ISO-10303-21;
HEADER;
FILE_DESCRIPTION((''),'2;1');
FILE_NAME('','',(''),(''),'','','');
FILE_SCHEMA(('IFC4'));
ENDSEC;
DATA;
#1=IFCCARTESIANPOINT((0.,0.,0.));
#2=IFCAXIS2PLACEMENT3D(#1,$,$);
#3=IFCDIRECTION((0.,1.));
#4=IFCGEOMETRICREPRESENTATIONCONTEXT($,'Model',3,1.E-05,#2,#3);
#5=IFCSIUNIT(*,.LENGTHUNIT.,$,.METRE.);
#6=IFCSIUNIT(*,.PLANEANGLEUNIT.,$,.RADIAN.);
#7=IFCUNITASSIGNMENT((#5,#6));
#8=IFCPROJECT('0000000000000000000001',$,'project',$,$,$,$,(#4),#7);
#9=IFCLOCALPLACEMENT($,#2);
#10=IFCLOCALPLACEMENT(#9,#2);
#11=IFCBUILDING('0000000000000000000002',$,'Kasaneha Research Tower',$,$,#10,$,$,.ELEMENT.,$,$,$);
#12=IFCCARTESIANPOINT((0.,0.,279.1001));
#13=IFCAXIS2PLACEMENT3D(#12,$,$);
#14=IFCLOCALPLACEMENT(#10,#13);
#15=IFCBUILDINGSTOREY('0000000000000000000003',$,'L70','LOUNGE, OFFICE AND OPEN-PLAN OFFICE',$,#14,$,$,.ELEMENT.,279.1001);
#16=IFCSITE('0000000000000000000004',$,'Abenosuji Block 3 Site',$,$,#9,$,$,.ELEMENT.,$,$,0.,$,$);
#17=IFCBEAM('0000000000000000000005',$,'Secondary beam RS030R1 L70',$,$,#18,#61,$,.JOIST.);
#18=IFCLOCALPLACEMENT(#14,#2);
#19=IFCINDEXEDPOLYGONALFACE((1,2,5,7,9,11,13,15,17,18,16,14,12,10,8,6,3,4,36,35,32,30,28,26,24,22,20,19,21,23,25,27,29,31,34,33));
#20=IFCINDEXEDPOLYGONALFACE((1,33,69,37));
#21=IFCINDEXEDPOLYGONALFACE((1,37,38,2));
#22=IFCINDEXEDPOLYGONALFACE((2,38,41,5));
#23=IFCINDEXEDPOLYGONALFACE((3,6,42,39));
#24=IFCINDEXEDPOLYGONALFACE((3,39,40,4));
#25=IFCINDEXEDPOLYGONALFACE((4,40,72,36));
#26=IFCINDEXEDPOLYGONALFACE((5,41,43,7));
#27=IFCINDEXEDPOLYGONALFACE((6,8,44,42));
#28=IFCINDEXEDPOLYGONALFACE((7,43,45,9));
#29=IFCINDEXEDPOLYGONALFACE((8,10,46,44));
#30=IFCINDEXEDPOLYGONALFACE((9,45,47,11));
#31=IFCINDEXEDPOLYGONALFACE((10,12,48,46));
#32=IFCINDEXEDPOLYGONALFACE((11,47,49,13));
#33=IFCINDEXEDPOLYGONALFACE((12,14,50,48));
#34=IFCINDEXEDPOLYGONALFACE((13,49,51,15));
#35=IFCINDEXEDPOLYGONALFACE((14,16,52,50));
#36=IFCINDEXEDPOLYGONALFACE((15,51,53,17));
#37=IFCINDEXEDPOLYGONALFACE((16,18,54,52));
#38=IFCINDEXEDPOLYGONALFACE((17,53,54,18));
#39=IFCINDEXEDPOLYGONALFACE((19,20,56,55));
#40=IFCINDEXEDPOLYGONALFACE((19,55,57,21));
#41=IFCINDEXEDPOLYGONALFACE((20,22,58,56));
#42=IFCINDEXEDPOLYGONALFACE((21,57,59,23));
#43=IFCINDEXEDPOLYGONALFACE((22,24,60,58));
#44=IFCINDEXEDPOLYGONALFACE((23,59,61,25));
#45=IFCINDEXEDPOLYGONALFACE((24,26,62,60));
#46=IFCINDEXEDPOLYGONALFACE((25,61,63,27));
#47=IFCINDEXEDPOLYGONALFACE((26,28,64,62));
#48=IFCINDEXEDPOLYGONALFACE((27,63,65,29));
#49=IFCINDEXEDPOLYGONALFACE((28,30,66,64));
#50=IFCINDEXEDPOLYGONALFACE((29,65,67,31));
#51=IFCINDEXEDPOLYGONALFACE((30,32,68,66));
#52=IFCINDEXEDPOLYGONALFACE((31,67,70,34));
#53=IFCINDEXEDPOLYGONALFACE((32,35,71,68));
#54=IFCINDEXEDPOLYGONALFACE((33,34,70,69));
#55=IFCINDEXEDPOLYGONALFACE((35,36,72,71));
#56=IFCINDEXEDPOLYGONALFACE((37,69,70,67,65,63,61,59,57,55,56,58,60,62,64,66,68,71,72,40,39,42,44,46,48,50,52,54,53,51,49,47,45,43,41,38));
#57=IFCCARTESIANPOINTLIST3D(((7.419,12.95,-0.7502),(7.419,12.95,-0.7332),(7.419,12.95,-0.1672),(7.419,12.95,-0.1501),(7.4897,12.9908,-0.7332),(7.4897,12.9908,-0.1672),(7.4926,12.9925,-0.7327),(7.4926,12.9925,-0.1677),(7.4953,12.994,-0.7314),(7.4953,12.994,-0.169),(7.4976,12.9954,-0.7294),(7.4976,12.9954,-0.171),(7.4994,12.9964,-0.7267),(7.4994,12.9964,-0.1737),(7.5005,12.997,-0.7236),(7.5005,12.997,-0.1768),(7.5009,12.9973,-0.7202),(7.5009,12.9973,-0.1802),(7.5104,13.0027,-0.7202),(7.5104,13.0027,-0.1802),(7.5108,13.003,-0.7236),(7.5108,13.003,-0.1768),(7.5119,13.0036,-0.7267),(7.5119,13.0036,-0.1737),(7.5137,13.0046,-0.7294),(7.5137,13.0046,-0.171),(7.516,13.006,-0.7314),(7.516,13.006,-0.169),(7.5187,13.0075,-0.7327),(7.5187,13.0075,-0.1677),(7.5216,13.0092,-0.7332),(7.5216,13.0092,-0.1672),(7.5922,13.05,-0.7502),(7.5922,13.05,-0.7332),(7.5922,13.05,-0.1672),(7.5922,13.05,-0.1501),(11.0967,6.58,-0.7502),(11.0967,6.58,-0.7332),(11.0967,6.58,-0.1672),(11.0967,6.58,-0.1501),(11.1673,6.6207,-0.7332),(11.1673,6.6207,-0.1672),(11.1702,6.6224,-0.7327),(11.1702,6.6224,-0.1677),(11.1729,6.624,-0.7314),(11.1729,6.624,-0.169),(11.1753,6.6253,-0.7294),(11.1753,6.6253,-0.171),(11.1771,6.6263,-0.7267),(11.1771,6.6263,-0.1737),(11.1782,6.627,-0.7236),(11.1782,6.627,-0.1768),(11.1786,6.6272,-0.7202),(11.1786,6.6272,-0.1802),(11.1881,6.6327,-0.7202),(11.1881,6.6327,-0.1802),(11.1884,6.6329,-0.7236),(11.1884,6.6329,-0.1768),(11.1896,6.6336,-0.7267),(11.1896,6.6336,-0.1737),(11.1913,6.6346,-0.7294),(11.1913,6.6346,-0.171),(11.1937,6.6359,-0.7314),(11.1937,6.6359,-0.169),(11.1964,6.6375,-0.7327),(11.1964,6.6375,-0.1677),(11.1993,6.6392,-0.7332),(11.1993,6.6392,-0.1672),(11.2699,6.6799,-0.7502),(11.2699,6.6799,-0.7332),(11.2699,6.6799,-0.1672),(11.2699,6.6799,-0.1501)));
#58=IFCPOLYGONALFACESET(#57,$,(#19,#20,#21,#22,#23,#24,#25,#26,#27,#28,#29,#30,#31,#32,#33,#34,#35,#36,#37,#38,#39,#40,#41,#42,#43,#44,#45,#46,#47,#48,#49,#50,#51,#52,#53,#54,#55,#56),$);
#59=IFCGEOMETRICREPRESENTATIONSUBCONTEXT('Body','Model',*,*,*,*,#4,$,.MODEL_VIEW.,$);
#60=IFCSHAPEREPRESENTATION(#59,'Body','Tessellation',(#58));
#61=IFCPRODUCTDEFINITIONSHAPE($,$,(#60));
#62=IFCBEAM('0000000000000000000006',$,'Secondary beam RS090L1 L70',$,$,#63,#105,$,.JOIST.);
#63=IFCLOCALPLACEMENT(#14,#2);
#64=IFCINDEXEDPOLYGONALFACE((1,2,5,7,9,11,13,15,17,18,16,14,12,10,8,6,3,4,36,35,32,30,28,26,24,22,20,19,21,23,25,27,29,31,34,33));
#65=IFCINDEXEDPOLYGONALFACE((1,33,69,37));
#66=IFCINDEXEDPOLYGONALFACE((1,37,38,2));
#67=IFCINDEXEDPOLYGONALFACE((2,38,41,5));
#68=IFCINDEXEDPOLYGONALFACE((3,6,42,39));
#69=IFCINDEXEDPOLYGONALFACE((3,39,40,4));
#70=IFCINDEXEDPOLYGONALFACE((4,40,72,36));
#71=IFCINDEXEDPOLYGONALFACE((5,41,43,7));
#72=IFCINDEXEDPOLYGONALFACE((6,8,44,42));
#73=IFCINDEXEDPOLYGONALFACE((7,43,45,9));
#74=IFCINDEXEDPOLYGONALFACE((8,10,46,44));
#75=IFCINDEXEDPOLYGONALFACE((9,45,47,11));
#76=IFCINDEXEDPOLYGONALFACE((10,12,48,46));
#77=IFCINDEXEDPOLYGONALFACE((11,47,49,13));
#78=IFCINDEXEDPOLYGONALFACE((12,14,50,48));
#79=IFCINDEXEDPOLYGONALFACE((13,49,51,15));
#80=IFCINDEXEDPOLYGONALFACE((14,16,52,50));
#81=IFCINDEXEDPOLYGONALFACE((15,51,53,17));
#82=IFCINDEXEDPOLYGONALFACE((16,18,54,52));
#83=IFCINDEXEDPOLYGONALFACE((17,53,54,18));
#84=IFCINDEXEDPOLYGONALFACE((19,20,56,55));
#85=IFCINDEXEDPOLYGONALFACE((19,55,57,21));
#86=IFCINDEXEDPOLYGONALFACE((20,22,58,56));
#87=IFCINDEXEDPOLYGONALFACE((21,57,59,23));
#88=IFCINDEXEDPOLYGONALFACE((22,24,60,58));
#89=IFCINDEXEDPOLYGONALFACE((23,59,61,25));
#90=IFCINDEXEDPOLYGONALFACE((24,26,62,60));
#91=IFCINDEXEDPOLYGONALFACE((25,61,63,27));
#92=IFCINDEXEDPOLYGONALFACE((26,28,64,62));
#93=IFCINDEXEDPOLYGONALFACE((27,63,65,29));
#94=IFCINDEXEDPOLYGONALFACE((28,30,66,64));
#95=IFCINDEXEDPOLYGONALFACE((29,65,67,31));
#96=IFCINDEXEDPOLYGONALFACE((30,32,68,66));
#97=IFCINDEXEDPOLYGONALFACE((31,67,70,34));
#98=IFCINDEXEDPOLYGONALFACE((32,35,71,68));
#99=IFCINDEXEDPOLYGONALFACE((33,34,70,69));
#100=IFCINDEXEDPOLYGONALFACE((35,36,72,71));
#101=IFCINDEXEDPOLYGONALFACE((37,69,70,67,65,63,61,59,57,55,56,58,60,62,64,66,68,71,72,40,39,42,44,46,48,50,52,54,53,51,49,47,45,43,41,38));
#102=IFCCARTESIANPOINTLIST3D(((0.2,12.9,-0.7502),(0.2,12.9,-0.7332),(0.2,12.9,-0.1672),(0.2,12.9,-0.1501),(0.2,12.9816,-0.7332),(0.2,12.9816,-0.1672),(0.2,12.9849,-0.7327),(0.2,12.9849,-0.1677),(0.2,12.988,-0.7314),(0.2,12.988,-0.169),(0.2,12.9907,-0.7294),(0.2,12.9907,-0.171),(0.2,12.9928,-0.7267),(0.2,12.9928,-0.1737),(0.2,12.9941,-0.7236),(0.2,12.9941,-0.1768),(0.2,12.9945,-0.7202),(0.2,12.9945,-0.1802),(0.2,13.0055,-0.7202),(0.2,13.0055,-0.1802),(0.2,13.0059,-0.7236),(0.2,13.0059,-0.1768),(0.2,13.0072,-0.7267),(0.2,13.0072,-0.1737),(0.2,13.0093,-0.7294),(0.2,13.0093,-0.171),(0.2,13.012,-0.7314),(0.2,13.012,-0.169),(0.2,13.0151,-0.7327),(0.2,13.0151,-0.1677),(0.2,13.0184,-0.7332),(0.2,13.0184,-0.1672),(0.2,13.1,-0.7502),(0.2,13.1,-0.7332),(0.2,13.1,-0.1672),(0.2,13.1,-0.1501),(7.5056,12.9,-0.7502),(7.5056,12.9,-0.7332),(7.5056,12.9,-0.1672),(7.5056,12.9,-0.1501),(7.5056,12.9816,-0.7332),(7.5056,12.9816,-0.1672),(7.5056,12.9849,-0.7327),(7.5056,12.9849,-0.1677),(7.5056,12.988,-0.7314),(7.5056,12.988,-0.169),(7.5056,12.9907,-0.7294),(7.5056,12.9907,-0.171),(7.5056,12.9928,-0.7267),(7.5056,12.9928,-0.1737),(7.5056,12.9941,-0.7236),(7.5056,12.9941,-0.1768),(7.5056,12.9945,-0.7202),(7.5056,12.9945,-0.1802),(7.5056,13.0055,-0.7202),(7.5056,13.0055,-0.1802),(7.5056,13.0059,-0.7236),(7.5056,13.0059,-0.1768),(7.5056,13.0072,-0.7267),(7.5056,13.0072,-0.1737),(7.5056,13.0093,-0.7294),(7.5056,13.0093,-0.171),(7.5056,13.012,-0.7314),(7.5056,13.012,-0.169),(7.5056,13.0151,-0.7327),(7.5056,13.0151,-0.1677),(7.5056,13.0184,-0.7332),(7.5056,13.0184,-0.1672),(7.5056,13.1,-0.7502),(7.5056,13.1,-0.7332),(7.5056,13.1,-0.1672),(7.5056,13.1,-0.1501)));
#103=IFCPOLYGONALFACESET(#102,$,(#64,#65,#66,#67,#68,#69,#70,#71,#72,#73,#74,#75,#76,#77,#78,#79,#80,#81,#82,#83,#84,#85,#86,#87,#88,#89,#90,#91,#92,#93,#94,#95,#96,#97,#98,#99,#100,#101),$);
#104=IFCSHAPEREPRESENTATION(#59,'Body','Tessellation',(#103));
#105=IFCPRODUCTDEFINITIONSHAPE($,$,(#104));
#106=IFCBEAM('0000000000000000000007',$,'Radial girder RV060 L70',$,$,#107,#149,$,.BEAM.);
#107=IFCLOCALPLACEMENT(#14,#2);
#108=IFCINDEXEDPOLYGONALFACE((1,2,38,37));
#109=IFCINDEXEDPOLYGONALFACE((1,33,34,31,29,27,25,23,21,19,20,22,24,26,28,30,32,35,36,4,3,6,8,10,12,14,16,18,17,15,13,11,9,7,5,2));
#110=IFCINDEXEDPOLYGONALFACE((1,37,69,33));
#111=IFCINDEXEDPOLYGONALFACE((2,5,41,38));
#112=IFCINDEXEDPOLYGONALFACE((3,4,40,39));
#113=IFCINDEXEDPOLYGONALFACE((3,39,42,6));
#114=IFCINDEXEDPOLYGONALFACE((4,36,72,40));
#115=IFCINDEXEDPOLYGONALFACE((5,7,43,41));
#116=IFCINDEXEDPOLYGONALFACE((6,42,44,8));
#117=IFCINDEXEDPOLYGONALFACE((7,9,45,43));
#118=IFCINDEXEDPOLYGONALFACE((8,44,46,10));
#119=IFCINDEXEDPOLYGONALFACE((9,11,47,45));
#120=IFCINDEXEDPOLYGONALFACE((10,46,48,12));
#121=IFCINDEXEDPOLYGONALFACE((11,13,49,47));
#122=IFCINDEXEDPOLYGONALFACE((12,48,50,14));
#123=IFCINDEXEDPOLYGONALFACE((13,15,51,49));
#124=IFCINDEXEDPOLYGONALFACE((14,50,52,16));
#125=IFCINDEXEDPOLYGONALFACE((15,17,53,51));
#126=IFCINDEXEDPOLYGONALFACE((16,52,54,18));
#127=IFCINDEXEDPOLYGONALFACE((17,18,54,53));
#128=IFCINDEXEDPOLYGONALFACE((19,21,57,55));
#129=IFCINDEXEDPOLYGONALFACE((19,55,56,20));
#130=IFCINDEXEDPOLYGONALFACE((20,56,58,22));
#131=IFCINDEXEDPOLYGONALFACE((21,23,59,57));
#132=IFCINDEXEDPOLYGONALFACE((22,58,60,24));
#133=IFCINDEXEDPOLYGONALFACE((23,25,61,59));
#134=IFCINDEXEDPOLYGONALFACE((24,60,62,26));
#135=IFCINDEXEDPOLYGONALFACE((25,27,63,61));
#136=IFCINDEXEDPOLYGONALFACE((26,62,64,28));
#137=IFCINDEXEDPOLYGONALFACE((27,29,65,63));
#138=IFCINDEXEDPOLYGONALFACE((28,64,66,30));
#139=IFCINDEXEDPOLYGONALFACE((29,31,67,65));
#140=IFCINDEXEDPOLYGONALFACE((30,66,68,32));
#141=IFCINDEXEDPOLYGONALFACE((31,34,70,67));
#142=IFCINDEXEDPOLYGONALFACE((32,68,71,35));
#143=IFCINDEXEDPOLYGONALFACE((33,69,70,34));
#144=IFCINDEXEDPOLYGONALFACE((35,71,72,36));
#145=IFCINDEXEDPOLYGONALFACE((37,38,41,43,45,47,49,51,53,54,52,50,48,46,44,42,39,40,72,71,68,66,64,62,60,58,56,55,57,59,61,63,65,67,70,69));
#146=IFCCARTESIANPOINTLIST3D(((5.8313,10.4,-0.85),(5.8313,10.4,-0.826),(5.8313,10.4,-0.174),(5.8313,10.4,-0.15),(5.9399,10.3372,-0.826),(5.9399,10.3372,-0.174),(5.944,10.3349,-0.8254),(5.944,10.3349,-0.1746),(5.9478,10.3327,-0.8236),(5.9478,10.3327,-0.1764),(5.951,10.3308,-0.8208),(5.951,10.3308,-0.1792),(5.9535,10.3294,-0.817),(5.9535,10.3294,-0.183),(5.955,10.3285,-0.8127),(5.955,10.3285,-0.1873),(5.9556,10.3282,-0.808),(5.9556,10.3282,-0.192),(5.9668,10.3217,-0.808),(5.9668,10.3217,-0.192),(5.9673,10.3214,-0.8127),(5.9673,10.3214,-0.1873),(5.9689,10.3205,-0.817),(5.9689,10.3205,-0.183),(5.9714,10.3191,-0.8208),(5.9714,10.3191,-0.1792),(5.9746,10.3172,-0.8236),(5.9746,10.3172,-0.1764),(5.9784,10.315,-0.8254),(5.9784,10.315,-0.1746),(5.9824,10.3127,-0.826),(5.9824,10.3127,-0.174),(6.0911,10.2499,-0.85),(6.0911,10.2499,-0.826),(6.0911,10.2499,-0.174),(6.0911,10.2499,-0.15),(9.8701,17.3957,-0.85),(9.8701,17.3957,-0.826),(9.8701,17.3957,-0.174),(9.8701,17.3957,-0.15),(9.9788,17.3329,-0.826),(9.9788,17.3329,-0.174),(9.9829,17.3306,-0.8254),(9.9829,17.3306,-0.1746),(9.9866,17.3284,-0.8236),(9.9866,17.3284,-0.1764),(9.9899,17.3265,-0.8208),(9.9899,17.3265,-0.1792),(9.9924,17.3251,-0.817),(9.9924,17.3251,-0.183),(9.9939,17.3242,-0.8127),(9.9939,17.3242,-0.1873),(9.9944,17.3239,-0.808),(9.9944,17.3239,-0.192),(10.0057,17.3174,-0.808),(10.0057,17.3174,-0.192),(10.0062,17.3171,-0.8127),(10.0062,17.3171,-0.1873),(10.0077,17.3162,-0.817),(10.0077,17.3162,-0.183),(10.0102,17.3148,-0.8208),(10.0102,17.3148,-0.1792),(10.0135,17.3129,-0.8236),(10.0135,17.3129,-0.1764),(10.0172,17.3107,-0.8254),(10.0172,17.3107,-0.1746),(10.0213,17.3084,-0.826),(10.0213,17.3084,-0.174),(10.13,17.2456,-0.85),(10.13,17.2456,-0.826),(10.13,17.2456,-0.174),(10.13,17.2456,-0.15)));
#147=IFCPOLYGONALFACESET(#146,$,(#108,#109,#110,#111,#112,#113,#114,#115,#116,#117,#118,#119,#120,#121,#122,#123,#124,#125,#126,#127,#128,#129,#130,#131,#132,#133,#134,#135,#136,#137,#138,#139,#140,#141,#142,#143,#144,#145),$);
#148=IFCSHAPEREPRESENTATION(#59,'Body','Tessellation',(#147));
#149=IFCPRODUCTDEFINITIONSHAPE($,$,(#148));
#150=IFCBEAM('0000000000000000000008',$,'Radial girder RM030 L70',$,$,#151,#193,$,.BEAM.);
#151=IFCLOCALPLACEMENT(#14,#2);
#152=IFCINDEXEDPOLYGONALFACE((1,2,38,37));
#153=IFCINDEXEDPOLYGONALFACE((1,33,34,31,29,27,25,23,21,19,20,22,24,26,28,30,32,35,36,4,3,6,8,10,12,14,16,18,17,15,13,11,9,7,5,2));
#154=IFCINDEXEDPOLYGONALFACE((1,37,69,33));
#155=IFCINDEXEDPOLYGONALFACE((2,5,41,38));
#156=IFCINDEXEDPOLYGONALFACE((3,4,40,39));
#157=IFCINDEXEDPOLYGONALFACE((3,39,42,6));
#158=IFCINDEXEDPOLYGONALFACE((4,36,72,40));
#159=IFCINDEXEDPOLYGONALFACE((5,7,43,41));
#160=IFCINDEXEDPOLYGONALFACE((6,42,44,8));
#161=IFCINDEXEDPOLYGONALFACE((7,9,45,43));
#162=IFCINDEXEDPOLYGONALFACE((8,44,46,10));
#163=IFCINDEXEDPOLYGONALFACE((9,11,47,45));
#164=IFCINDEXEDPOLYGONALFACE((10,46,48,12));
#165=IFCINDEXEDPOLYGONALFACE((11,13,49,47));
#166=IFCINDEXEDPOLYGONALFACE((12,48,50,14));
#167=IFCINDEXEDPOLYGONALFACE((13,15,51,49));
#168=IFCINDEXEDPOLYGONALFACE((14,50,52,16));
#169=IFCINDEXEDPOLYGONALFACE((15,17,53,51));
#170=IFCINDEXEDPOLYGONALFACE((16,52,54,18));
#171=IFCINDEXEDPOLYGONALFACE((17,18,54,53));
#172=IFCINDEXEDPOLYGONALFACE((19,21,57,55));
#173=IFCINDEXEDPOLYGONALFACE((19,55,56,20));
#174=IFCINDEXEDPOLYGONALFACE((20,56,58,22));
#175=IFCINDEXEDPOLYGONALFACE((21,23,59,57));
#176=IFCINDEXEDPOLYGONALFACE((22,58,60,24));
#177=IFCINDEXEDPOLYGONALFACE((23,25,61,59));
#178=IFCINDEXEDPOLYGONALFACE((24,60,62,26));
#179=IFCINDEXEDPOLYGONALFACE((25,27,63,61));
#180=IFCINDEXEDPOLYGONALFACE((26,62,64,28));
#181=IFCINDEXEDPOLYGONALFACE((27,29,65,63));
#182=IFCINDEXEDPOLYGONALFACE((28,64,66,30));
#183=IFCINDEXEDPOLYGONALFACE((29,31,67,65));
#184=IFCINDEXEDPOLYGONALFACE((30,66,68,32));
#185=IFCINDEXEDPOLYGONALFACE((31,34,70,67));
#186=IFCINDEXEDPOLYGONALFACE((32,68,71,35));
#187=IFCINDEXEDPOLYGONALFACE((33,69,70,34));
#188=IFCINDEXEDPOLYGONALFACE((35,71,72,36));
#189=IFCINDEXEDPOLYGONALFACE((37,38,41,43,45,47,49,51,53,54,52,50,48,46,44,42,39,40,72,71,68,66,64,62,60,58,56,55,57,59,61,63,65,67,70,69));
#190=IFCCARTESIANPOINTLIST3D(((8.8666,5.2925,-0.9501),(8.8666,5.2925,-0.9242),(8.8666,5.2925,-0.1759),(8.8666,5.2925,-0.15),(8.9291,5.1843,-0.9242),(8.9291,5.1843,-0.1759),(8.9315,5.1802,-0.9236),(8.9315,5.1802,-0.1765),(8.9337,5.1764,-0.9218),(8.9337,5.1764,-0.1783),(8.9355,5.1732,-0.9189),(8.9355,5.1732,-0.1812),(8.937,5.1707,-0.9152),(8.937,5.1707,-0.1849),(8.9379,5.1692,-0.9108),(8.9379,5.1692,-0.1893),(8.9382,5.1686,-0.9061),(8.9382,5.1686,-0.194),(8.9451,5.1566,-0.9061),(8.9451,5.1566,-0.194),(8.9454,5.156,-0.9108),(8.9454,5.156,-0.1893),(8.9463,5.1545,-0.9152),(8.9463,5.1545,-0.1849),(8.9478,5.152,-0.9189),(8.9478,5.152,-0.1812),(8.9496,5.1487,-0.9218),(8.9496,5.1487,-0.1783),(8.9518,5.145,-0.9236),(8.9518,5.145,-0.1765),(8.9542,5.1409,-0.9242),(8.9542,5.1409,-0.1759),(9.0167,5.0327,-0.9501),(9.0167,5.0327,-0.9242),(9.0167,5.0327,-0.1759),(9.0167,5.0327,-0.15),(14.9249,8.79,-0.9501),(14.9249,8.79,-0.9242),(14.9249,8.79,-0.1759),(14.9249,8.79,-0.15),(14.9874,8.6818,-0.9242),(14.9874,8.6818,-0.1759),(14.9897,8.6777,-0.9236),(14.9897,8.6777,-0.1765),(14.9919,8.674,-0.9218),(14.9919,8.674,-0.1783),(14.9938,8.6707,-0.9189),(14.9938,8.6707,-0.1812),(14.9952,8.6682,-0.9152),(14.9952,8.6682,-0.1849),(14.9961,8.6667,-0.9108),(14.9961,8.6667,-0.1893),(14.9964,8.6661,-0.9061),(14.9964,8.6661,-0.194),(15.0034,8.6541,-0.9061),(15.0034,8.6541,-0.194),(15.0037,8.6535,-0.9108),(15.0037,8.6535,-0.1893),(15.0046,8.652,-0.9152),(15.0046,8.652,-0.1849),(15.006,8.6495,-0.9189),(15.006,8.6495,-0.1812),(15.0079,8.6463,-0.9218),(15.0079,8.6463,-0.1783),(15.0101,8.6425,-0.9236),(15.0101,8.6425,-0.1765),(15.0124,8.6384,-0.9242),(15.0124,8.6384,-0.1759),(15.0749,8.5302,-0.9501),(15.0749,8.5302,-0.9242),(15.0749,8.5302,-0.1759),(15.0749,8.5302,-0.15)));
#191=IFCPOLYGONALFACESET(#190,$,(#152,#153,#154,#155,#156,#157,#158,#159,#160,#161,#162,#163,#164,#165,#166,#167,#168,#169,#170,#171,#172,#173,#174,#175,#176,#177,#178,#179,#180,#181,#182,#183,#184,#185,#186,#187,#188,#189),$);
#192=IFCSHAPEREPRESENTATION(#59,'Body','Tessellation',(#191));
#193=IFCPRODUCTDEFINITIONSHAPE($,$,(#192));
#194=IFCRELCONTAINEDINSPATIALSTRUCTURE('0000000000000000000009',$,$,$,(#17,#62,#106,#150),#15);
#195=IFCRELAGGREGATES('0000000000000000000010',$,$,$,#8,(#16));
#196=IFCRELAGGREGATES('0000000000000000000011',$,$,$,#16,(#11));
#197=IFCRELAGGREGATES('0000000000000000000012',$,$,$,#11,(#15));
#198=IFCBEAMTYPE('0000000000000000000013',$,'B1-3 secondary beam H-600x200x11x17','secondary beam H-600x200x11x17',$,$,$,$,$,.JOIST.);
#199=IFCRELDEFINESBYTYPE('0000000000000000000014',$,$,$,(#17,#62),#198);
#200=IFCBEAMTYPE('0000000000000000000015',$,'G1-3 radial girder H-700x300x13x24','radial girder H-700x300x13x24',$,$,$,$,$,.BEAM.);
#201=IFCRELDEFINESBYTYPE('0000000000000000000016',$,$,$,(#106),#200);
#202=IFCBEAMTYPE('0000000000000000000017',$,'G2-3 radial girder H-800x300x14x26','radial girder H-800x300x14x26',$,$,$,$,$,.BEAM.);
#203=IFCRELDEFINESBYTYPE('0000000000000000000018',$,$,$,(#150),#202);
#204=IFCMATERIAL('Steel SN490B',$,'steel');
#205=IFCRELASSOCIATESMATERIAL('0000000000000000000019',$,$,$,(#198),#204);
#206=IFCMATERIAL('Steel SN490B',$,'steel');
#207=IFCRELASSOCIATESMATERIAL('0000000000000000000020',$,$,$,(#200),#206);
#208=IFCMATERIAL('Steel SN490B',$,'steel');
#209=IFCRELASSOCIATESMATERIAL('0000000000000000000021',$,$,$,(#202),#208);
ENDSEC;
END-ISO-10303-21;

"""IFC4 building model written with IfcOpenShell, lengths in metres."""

from ifc_helpers import new_model, si_unit, direction, frame, origin, origin_2d, place, context, subcontext, project, spatial, i_section, extrude, material, material_profile, profile_set, type_object, element, save


model = new_model("IFC4")

# Units and contexts
model_context = context("Model", 3, precision=1e-05, world=origin(), true_north=direction((0.0, 1.0)))
body_context = subcontext(model_context, "Body", "Model", "MODEL_VIEW")
ifc_project = project(units=[si_unit("LENGTHUNIT", "METRE"), si_unit("PLANEANGLEUNIT", "RADIAN")], contexts=[model_context])

# Site, building, storey
site_placement = place(None, origin())
site = spatial("IfcSite", under=ifc_project, at=site_placement, Name="Abenosuji Block 3 Site", CompositionType="ELEMENT", RefElevation=0.0)
building_placement = place(site_placement, origin())
building = spatial("IfcBuilding", under=site, at=building_placement, Name="Kasaneha Research Tower", CompositionType="ELEMENT")
storey_placement = place(building_placement, frame((0.0, 0.0, 279.1001)))
storey = spatial("IfcBuildingStorey", under=building, at=storey_placement, Name="L70", Description="LOUNGE, OFFICE AND OPEN-PLAN OFFICE", CompositionType="ELEMENT", Elevation=279.1001)

# Beams
ifc_material_1 = material(Name="Steel SN490B", Category="steel")
ifc_material_profile_1 = material_profile(ifc_material_1, i_section(OverallWidth=0.2, OverallDepth=0.6001, WebThickness=0.011, FlangeThickness=0.0171, FilletRadius=0.0129, at=origin_2d()), Name="H-600x200x11x17")
ifc_profile_set_1 = profile_set([ifc_material_profile_1], Name="Steel SN490B")
beam_type_1 = type_object("IfcBeamType", Name="B1-3 secondary beam H-600x200x11x17", Description="secondary beam H-600x200x11x17", PredefinedType="JOIST", material=ifc_profile_set_1)
beam_1_placement = place(storey_placement, frame((7.5056, 13.0, -0.4502), z_axis=(0.499994, -0.866029, 0.0), x_axis=(0.866029, 0.499994, 0.0)))
element("IfcBeam", 1, at=beam_1_placement, inside=storey, type_object=beam_type_1, Name="Secondary beam RS030R1 L70", PredefinedType="JOIST", context=body_context, shape_type="SweptSolid", body=[
    extrude(i_section(OverallWidth=0.2, OverallDepth=0.6001, WebThickness=0.011, FlangeThickness=0.0171, FilletRadius=0.0129, at=origin_2d()), origin(), (0.0, 0.0, 1.0), 7.3555),
])
beam_2_placement = place(storey_placement, frame((7.5056, 13.0, -0.4502), z_axis=(-1.0, 0.0, 0.0), x_axis=(0.0, -1.0, 0.0)))
element("IfcBeam", 2, at=beam_2_placement, inside=storey, type_object=beam_type_1, Name="Secondary beam RS090L1 L70", PredefinedType="JOIST", context=body_context, shape_type="SweptSolid", body=[
    extrude(i_section(OverallWidth=0.2, OverallDepth=0.6001, WebThickness=0.011, FlangeThickness=0.0171, FilletRadius=0.0129, at=origin_2d()), origin(), (0.0, 0.0, 1.0), 7.3057),
])
ifc_material_2 = material(Name="Steel SN490B", Category="steel")
ifc_material_profile_2 = material_profile(ifc_material_2, i_section(OverallWidth=0.3, OverallDepth=0.7, WebThickness=0.0129, FlangeThickness=0.0239, FilletRadius=0.0181, at=origin_2d()), Name="H-700x300x13x24")
ifc_profile_set_2 = profile_set([ifc_material_profile_2], Name="Steel SN490B")
beam_type_2 = type_object("IfcBeamType", Name="G1-3 radial girder H-700x300x13x24", Description="radial girder H-700x300x13x24", PredefinedType="BEAM", material=ifc_profile_set_2)
beam_3_placement = place(storey_placement, frame((5.9612, 10.325, -0.5), z_axis=(0.499991, 0.866031, 0.0), x_axis=(-0.866031, 0.499991, 0.0)))
element("IfcBeam", 3, at=beam_3_placement, inside=storey, type_object=beam_type_2, Name="Radial girder RV060 L70", PredefinedType="BEAM", context=body_context, shape_type="SweptSolid", body=[
    extrude(i_section(OverallWidth=0.3, OverallDepth=0.7, WebThickness=0.0129, FlangeThickness=0.0239, FilletRadius=0.0181, at=origin_2d()), origin(), (0.0, 0.0, 1.0), 8.0779),
])
ifc_material_3 = material(Name="Steel SN490B", Category="steel")
ifc_material_profile_3 = material_profile(ifc_material_3, i_section(OverallWidth=0.3, OverallDepth=0.8, WebThickness=0.0139, FlangeThickness=0.0259, FilletRadius=0.0181, at=origin_2d()), Name="H-800x300x14x26")
ifc_profile_set_3 = profile_set([ifc_material_profile_3], Name="Steel SN490B")
beam_type_3 = type_object("IfcBeamType", Name="G2-3 radial girder H-800x300x14x26", Description="radial girder H-800x300x14x26", PredefinedType="BEAM", material=ifc_profile_set_3)
beam_4_placement = place(storey_placement, frame((8.9417, 5.1626, -0.55), z_axis=(0.86604, 0.499975, 0.0), x_axis=(-0.499975, 0.86604, 0.0)))
element("IfcBeam", 4, at=beam_4_placement, inside=storey, type_object=beam_type_3, Name="Radial girder RM030 L70", PredefinedType="BEAM", context=body_context, shape_type="SweptSolid", body=[
    extrude(i_section(OverallWidth=0.3, OverallDepth=0.8, WebThickness=0.0139, FlangeThickness=0.0259, FilletRadius=0.0181, at=origin_2d()), origin(), (0.0, 0.0, 1.0), 6.9954),
])

save(model, "model.ifc")
